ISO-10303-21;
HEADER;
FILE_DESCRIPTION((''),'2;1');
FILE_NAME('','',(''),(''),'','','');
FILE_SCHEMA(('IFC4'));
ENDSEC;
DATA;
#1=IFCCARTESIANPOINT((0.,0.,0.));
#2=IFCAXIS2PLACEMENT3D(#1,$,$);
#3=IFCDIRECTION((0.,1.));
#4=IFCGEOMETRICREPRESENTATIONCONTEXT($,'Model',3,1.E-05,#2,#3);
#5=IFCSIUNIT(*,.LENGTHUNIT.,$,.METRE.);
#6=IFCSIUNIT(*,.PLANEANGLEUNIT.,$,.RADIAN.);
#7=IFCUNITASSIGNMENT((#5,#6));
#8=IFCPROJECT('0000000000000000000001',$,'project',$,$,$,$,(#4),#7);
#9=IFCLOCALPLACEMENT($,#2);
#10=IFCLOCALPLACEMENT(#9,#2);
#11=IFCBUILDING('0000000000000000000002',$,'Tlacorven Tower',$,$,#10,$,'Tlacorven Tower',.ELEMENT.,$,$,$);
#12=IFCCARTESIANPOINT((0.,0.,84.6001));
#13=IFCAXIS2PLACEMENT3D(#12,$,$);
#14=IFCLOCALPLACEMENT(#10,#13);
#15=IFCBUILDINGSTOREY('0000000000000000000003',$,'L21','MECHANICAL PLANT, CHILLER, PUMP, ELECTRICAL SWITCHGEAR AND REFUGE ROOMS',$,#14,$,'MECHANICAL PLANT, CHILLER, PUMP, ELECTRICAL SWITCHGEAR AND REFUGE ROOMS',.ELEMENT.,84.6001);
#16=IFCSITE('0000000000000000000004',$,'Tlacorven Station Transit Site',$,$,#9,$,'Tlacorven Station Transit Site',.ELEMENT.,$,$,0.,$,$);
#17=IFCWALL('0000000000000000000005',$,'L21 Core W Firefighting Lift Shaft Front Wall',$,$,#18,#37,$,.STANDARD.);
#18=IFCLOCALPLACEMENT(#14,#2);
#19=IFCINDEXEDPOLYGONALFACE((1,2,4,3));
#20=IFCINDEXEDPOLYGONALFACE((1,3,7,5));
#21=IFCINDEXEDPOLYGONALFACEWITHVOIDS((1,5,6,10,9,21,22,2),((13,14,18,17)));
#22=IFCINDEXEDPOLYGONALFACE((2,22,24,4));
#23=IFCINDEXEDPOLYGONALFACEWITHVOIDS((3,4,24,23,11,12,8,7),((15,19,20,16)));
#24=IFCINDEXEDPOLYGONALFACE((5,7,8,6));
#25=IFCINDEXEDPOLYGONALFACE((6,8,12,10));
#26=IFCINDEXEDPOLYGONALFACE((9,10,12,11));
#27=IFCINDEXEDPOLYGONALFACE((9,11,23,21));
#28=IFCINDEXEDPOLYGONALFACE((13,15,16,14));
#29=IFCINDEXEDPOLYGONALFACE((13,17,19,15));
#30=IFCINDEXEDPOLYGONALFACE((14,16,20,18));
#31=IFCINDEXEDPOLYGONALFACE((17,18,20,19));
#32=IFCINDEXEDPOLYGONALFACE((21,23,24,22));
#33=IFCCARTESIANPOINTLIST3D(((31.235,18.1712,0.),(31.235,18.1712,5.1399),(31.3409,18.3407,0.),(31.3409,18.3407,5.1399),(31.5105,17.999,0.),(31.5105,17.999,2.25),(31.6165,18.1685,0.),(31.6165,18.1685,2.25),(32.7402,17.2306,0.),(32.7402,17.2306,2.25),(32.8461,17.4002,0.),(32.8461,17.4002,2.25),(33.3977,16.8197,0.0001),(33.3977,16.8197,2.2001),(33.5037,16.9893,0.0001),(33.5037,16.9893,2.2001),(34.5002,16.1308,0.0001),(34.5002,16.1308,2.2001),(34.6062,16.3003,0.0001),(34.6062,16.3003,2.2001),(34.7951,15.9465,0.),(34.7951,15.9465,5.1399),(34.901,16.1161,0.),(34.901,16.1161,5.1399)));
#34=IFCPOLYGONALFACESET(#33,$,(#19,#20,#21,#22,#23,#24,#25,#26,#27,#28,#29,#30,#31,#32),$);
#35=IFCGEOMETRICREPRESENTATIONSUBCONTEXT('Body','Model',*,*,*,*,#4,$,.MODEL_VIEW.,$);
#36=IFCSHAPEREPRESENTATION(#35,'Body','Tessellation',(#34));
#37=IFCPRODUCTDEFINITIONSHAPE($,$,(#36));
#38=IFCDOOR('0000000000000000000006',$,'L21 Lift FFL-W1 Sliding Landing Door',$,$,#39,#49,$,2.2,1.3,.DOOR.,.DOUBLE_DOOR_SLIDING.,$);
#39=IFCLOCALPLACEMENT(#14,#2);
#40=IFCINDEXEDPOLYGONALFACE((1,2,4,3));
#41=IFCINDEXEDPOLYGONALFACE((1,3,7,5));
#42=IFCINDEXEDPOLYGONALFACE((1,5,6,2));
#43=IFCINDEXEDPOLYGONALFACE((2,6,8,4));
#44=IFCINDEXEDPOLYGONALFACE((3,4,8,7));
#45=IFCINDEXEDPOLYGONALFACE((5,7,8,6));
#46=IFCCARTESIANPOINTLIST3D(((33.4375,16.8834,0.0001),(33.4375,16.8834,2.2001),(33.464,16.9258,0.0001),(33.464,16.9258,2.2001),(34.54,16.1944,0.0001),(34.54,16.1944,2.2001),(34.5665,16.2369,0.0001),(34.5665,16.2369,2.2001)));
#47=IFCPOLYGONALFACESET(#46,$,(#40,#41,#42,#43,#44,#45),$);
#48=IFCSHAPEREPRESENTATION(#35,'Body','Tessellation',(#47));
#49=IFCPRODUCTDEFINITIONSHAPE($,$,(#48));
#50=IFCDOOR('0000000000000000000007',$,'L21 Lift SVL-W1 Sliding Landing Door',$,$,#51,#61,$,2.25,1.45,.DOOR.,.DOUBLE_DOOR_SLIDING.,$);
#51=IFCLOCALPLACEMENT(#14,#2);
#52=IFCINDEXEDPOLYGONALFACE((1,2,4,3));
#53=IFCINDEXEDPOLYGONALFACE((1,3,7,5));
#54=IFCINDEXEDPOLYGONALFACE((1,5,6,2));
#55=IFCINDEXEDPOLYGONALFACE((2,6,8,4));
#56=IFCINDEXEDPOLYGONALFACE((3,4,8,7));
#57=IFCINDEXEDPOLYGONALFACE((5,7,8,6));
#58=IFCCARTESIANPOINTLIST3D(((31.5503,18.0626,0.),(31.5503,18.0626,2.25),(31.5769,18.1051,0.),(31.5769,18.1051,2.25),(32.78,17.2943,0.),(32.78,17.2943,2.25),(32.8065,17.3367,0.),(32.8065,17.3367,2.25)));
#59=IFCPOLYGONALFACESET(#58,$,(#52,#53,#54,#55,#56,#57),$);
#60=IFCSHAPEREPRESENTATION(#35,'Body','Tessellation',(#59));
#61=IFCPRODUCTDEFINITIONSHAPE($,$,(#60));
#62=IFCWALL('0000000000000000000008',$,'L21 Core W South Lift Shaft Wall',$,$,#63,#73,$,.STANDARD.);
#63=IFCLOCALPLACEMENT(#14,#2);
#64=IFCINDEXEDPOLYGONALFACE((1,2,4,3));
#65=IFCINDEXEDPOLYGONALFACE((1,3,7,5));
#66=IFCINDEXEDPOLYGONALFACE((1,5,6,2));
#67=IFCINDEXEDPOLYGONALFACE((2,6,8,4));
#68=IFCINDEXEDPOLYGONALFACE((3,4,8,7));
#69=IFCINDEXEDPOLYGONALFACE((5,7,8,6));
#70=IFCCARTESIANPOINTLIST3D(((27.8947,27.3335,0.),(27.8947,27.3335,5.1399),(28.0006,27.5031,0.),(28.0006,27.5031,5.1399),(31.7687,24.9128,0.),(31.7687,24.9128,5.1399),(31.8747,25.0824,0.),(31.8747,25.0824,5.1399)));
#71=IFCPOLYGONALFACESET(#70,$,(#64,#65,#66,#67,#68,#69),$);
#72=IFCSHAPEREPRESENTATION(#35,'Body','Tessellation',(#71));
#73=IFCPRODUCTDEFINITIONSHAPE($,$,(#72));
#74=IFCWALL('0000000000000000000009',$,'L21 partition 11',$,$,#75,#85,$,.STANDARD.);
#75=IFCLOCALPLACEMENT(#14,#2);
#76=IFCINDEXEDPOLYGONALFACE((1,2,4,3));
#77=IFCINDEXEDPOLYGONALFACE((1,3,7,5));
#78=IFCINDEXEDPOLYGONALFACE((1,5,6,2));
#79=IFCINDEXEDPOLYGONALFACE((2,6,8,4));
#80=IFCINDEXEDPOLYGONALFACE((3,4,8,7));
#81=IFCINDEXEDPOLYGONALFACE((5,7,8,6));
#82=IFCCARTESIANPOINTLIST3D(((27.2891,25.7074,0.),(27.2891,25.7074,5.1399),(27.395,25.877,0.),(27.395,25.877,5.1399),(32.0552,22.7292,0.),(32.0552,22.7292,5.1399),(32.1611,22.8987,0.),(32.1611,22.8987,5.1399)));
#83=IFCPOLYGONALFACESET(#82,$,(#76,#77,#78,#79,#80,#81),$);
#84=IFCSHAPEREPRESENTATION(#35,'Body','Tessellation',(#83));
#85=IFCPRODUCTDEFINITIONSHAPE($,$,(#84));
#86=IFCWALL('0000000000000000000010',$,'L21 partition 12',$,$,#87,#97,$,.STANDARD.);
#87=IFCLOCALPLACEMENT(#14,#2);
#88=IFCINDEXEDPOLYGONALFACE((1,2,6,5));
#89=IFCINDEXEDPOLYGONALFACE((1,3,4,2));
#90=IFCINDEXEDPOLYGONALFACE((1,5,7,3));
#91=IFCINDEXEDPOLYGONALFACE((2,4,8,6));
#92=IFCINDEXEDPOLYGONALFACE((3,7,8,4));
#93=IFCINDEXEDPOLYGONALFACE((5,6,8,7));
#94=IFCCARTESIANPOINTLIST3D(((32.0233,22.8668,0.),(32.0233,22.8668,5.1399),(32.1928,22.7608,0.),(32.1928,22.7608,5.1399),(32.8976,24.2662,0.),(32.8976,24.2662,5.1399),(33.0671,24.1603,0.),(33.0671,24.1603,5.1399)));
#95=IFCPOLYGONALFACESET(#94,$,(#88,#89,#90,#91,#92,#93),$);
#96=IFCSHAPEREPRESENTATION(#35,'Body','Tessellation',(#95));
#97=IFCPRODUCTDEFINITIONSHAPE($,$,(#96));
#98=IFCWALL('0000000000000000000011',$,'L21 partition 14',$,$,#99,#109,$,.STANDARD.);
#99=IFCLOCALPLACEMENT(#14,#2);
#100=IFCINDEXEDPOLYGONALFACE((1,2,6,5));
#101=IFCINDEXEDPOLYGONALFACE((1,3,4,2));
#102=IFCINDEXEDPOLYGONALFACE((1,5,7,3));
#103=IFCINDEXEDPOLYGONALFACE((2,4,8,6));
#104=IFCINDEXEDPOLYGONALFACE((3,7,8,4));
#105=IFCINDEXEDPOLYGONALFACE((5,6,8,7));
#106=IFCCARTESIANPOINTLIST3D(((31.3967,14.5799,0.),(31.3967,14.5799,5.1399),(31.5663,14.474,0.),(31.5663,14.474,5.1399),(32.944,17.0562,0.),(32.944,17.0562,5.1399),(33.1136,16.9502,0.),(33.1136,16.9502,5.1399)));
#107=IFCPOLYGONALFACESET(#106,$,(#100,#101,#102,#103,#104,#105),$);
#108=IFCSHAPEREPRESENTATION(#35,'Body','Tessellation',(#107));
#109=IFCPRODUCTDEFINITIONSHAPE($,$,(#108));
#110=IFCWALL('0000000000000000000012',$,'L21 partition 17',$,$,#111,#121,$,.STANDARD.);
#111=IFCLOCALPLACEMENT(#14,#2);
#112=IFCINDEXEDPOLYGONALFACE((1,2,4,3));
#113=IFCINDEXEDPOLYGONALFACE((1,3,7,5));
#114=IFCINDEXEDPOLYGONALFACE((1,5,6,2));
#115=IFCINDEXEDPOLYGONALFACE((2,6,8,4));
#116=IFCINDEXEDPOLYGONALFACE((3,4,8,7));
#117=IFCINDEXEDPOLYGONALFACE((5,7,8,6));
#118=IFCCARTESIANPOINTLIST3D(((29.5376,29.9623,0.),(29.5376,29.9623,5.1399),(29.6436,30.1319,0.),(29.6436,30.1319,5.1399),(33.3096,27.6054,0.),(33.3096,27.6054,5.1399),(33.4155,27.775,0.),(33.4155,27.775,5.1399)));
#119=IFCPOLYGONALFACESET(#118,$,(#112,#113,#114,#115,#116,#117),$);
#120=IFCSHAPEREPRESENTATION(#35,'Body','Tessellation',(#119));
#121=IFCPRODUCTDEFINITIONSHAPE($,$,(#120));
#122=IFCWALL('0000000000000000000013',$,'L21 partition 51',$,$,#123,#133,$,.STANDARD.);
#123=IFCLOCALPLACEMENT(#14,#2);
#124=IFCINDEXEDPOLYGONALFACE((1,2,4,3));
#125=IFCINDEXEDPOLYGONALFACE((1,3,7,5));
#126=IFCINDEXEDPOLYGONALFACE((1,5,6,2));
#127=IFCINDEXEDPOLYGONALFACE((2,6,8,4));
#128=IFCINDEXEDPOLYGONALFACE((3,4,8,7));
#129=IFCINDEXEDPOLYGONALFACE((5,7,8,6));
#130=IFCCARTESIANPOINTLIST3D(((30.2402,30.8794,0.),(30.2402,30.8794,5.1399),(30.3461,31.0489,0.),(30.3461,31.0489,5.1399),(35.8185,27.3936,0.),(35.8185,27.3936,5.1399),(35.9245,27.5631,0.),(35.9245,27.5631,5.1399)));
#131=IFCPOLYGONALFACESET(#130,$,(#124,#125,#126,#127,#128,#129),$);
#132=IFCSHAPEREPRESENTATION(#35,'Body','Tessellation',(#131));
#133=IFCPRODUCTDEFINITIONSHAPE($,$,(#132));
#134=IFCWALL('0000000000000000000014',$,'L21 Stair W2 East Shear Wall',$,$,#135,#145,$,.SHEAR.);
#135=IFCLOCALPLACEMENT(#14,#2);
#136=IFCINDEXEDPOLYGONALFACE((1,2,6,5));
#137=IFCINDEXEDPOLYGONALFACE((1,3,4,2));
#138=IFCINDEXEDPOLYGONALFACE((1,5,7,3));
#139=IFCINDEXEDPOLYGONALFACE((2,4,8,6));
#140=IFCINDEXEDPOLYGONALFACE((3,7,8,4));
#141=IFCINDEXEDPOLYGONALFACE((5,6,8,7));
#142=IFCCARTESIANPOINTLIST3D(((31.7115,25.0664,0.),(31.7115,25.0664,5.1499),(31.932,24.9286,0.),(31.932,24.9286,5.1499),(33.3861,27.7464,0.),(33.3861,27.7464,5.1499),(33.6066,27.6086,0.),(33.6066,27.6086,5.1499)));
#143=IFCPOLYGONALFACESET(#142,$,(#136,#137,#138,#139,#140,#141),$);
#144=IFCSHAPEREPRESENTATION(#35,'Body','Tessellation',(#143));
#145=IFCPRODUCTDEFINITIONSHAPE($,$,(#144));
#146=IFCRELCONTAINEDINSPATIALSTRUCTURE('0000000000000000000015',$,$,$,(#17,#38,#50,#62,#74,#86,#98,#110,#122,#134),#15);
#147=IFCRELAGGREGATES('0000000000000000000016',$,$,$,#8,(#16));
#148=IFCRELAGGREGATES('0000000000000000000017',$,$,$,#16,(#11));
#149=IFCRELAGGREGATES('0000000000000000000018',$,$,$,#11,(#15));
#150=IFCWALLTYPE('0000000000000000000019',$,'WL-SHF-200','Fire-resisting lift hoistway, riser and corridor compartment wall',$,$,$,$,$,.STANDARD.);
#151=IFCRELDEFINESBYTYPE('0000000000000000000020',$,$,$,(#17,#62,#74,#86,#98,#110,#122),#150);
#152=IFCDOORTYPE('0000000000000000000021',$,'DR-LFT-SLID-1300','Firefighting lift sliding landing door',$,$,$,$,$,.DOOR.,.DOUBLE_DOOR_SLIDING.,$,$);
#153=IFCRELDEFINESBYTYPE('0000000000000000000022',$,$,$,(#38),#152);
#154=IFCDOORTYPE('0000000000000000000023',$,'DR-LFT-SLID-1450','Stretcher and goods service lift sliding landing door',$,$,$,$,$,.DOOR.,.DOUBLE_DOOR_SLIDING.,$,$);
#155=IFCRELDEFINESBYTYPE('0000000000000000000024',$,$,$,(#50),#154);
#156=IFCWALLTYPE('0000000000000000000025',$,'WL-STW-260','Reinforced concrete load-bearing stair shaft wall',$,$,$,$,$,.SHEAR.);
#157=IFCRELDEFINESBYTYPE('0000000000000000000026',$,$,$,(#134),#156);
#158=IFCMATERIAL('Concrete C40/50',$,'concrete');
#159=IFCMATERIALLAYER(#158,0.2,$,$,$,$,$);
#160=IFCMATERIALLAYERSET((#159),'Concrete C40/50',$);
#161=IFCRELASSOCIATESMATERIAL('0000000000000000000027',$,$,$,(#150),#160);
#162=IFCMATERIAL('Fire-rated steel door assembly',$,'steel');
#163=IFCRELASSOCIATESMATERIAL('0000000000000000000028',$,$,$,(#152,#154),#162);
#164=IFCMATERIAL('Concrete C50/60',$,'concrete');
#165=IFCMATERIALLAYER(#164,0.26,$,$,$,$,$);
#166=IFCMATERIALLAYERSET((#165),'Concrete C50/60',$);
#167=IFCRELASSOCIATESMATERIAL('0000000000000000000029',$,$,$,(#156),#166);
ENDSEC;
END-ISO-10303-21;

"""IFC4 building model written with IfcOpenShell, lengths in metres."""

from ifc_helpers import new_model, si_unit, direction, frame, frame_2d, origin, place, context, subcontext, project, spatial, rectangle, extrude, source, transform, mapped, material, layer, layer_set, type_object, element, fill, save


model = new_model("IFC4")

# Units and contexts
model_context = context("Model", 3, precision=1e-05, world=origin(), true_north=direction((0.0, 1.0)))
body_context = subcontext(model_context, "Body", "Model", "MODEL_VIEW")
ifc_project = project(units=[si_unit("LENGTHUNIT", "METRE"), si_unit("PLANEANGLEUNIT", "RADIAN")], contexts=[model_context])

# Site, building, storey
site_placement = place(None, origin())
site = spatial("IfcSite", under=ifc_project, at=site_placement, Name="Tlacorven Station Transit Site", LongName="Tlacorven Station Transit Site", CompositionType="ELEMENT", RefElevation=0.0)
building_placement = place(site_placement, origin())
building = spatial("IfcBuilding", under=site, at=building_placement, Name="Tlacorven Tower", LongName="Tlacorven Tower", CompositionType="ELEMENT")
storey_placement = place(building_placement, frame((0.0, 0.0, 84.6001)))
storey = spatial("IfcBuildingStorey", under=building, at=storey_placement, Name="L21", Description="MECHANICAL PLANT, CHILLER, PUMP, ELECTRICAL SWITCHGEAR AND REFUGE ROOMS", LongName="MECHANICAL PLANT, CHILLER, PUMP, ELECTRICAL SWITCHGEAR AND REFUGE ROOMS", CompositionType="ELEMENT", Elevation=84.6001)

# Wall, openings, doors
ifc_material_1 = material(Name="Concrete C40/50", Category="concrete")
ifc_layer_1 = layer(ifc_material_1, 0.2)
ifc_layer_set_1 = layer_set([ifc_layer_1], Name="Concrete C40/50")
wall_type_1 = type_object("IfcWallType", Name="WL-SHF-200", Description="Fire-resisting lift hoistway, riser and corridor compartment wall", PredefinedType="STANDARD", material=ifc_layer_set_1)
wall_1_placement = place(storey_placement, frame((34.8481, 16.0312, 0.0), z_axis=(0.0, 0.0, 1.0), x_axis=(-0.848044, 0.529926, 0.0)))
wall_1 = element("IfcWall", 1, at=wall_1_placement, inside=storey, type_object=wall_type_1, Name="L21 Core W Firefighting Lift Shaft Front Wall", PredefinedType="STANDARD", context=body_context, shape_type="SweptSolid", body=[
    extrude(rectangle(XDim=4.198, YDim=0.2, at=frame_2d((2.0991, 0.0))), origin(), (0.0, 0.0, 1.0), 5.1399),
])
opening_1_placement = place(wall_1_placement, frame((0.3479, 0.0, 0.0)))
opening_1 = element("IfcOpeningElement", 2, at=opening_1_placement, cuts=wall_1, PredefinedType="OPENING", context=body_context, shape_type="SweptSolid", body=[
    extrude(rectangle(XDim=1.3, YDim=2.2, at=frame_2d((0.6499, 1.1001))), frame((0.0, 0.1099, 0.0), z_axis=(0.0, -1.0, 0.0), x_axis=(1.0, 0.0, 0.0)), (0.0, 0.0, 1.0), 0.22),
])
opening_2_placement = place(wall_1_placement, frame((2.4231, 0.0, 0.0)))
opening_2 = element("IfcOpeningElement", 3, at=opening_2_placement, cuts=wall_1, PredefinedType="OPENING", context=body_context, shape_type="SweptSolid", body=[
    extrude(rectangle(XDim=1.45, YDim=2.25, at=frame_2d((0.7251, 1.125))), frame((0.0, 0.1099, 0.0), z_axis=(0.0, -1.0, 0.0), x_axis=(1.0, 0.0, 0.0)), (0.0, 0.0, 1.0), 0.22),
])
ifc_material_2 = material(Name="Fire-rated steel door assembly", Category="steel")
door_type_1 = type_object("IfcDoorType", Name="DR-LFT-SLID-1300", Description="Firefighting lift sliding landing door", OperationType="DOUBLE_DOOR_SLIDING", PredefinedType="DOOR", material=ifc_material_2)
shared_shape_1 = source(origin(), body_context, "Body", "SweptSolid", [
    extrude(rectangle(XDim=1.3, YDim=2.2, at=frame_2d((0.6499, 1.1001))), frame((0.0, 0.0249, 0.0), z_axis=(0.0, -1.0, 0.0), x_axis=(1.0, 0.0, 0.0)), (0.0, 0.0, 1.0), 0.05),
])
door_1_placement = place(opening_1_placement, origin())
door_1 = element("IfcDoor", 4, at=door_1_placement, inside=storey, type_object=door_type_1, Name="L21 Lift FFL-W1 Sliding Landing Door", OperationType="DOUBLE_DOOR_SLIDING", OverallHeight=2.2, OverallWidth=1.3, PredefinedType="DOOR", context=body_context, shape_type="MappedRepresentation", body=[
    mapped(shared_shape_1, transform((0.0, 0.0, 0.0), scale=1.0)),
])
fill(opening_1, door_1)
door_type_2 = type_object("IfcDoorType", Name="DR-LFT-SLID-1450", Description="Stretcher and goods service lift sliding landing door", OperationType="DOUBLE_DOOR_SLIDING", PredefinedType="DOOR", material=ifc_material_2)
shared_shape_2 = source(origin(), body_context, "Body", "SweptSolid", [
    extrude(rectangle(XDim=1.45, YDim=2.25, at=frame_2d((0.7251, 1.125))), frame((0.0, 0.0249, 0.0), z_axis=(0.0, -1.0, 0.0), x_axis=(1.0, 0.0, 0.0)), (0.0, 0.0, 1.0), 0.05),
])
door_2_placement = place(opening_2_placement, origin())
door_2 = element("IfcDoor", 5, at=door_2_placement, inside=storey, type_object=door_type_2, Name="L21 Lift SVL-W1 Sliding Landing Door", OperationType="DOUBLE_DOOR_SLIDING", OverallHeight=2.25, OverallWidth=1.45, PredefinedType="DOOR", context=body_context, shape_type="MappedRepresentation", body=[
    mapped(shared_shape_2, transform((0.0, 0.0, 0.0), scale=1.0)),
])
fill(opening_2, door_2)

# Walls
wall_2_placement = place(storey_placement, frame((31.8218, 24.9976, 0.0), z_axis=(0.0, 0.0, 1.0), x_axis=(-0.848058, 0.529903, 0.0)))
element("IfcWall", 6, at=wall_2_placement, inside=storey, type_object=wall_type_1, Name="L21 Core W South Lift Shaft Wall", PredefinedType="STANDARD", context=body_context, shape_type="SweptSolid", body=[
    extrude(rectangle(XDim=4.5681, YDim=0.2, at=frame_2d((2.2842, 0.0))), origin(), (0.0, 0.0, 1.0), 5.1399),
])
wall_3_placement = place(storey_placement, frame((32.1082, 22.814, 0.0), z_axis=(0.0, 0.0, 1.0), x_axis=(-0.848042, 0.529929, 0.0)))
element("IfcWall", 7, at=wall_3_placement, inside=storey, type_object=wall_type_1, Name="L21 partition 11", PredefinedType="STANDARD", context=body_context, shape_type="SweptSolid", body=[
    extrude(rectangle(XDim=5.6201, YDim=0.2, at=frame_2d((2.8101, 0.0))), origin(), (0.0, 0.0, 1.0), 5.1399),
])
wall_4_placement = place(storey_placement, frame((32.9824, 24.2134, 0.0), z_axis=(0.0, 0.0, 1.0), x_axis=(-0.529839, -0.848098, 0.0)))
element("IfcWall", 8, at=wall_4_placement, inside=storey, type_object=wall_type_1, Name="L21 partition 12", PredefinedType="STANDARD", context=body_context, shape_type="SweptSolid", body=[
    extrude(rectangle(XDim=1.6501, YDim=0.2, at=frame_2d((0.8252, 0.0))), origin(), (0.0, 0.0, 1.0), 5.1399),
])
wall_5_placement = place(storey_placement, frame((33.0288, 17.0032, 0.0), z_axis=(0.0, 0.0, 1.0), x_axis=(-0.529916, -0.84805, 0.0)))
element("IfcWall", 9, at=wall_5_placement, inside=storey, type_object=wall_type_1, Name="L21 partition 14", PredefinedType="STANDARD", context=body_context, shape_type="SweptSolid", body=[
    extrude(rectangle(XDim=2.9199, YDim=0.2, at=frame_2d((1.46, 0.0))), origin(), (0.0, 0.0, 1.0), 5.1399),
])
wall_6_placement = place(storey_placement, frame((33.3625, 27.6902, 0.0), z_axis=(0.0, 0.0, 1.0), x_axis=(-0.848054, 0.52991, 0.0)))
element("IfcWall", 10, at=wall_6_placement, inside=storey, type_object=wall_type_1, Name="L21 partition 17", PredefinedType="STANDARD", context=body_context, shape_type="SweptSolid", body=[
    extrude(rectangle(XDim=4.4478, YDim=0.2, at=frame_2d((2.2239, 0.0))), origin(), (0.0, 0.0, 1.0), 5.1399),
])
wall_7_placement = place(storey_placement, frame((35.8716, 27.4783, 0.0), z_axis=(0.0, 0.0, 1.0), x_axis=(-0.848042, 0.529929, 0.0)))
element("IfcWall", 11, at=wall_7_placement, inside=storey, type_object=wall_type_1, Name="L21 partition 51", PredefinedType="STANDARD", context=body_context, shape_type="SweptSolid", body=[
    extrude(rectangle(XDim=6.5779, YDim=0.2, at=frame_2d((3.2891, 0.0))), origin(), (0.0, 0.0, 1.0), 5.1399),
])
ifc_material_3 = material(Name="Concrete C50/60", Category="concrete")
ifc_layer_2 = layer(ifc_material_3, 0.26)
ifc_layer_set_2 = layer_set([ifc_layer_2], Name="Concrete C50/60")
wall_type_2 = type_object("IfcWallType", Name="WL-STW-260", Description="Reinforced concrete load-bearing stair shaft wall", PredefinedType="SHEAR", material=ifc_layer_set_2)
wall_8_placement = place(storey_placement, frame((33.4963, 27.6775, 0.0), z_axis=(0.0, 0.0, 1.0), x_axis=(-0.529909, -0.848055, 0.0)))
element("IfcWall", 12, at=wall_8_placement, inside=storey, type_object=wall_type_2, Name="L21 Stair W2 East Shear Wall", PredefinedType="SHEAR", context=body_context, shape_type="SweptSolid", body=[
    extrude(rectangle(XDim=3.1602, YDim=0.26, at=frame_2d((1.5801, 0.0))), origin(), (0.0, 0.0, 1.0), 5.1499),
])

save(model, "model.ifc")
